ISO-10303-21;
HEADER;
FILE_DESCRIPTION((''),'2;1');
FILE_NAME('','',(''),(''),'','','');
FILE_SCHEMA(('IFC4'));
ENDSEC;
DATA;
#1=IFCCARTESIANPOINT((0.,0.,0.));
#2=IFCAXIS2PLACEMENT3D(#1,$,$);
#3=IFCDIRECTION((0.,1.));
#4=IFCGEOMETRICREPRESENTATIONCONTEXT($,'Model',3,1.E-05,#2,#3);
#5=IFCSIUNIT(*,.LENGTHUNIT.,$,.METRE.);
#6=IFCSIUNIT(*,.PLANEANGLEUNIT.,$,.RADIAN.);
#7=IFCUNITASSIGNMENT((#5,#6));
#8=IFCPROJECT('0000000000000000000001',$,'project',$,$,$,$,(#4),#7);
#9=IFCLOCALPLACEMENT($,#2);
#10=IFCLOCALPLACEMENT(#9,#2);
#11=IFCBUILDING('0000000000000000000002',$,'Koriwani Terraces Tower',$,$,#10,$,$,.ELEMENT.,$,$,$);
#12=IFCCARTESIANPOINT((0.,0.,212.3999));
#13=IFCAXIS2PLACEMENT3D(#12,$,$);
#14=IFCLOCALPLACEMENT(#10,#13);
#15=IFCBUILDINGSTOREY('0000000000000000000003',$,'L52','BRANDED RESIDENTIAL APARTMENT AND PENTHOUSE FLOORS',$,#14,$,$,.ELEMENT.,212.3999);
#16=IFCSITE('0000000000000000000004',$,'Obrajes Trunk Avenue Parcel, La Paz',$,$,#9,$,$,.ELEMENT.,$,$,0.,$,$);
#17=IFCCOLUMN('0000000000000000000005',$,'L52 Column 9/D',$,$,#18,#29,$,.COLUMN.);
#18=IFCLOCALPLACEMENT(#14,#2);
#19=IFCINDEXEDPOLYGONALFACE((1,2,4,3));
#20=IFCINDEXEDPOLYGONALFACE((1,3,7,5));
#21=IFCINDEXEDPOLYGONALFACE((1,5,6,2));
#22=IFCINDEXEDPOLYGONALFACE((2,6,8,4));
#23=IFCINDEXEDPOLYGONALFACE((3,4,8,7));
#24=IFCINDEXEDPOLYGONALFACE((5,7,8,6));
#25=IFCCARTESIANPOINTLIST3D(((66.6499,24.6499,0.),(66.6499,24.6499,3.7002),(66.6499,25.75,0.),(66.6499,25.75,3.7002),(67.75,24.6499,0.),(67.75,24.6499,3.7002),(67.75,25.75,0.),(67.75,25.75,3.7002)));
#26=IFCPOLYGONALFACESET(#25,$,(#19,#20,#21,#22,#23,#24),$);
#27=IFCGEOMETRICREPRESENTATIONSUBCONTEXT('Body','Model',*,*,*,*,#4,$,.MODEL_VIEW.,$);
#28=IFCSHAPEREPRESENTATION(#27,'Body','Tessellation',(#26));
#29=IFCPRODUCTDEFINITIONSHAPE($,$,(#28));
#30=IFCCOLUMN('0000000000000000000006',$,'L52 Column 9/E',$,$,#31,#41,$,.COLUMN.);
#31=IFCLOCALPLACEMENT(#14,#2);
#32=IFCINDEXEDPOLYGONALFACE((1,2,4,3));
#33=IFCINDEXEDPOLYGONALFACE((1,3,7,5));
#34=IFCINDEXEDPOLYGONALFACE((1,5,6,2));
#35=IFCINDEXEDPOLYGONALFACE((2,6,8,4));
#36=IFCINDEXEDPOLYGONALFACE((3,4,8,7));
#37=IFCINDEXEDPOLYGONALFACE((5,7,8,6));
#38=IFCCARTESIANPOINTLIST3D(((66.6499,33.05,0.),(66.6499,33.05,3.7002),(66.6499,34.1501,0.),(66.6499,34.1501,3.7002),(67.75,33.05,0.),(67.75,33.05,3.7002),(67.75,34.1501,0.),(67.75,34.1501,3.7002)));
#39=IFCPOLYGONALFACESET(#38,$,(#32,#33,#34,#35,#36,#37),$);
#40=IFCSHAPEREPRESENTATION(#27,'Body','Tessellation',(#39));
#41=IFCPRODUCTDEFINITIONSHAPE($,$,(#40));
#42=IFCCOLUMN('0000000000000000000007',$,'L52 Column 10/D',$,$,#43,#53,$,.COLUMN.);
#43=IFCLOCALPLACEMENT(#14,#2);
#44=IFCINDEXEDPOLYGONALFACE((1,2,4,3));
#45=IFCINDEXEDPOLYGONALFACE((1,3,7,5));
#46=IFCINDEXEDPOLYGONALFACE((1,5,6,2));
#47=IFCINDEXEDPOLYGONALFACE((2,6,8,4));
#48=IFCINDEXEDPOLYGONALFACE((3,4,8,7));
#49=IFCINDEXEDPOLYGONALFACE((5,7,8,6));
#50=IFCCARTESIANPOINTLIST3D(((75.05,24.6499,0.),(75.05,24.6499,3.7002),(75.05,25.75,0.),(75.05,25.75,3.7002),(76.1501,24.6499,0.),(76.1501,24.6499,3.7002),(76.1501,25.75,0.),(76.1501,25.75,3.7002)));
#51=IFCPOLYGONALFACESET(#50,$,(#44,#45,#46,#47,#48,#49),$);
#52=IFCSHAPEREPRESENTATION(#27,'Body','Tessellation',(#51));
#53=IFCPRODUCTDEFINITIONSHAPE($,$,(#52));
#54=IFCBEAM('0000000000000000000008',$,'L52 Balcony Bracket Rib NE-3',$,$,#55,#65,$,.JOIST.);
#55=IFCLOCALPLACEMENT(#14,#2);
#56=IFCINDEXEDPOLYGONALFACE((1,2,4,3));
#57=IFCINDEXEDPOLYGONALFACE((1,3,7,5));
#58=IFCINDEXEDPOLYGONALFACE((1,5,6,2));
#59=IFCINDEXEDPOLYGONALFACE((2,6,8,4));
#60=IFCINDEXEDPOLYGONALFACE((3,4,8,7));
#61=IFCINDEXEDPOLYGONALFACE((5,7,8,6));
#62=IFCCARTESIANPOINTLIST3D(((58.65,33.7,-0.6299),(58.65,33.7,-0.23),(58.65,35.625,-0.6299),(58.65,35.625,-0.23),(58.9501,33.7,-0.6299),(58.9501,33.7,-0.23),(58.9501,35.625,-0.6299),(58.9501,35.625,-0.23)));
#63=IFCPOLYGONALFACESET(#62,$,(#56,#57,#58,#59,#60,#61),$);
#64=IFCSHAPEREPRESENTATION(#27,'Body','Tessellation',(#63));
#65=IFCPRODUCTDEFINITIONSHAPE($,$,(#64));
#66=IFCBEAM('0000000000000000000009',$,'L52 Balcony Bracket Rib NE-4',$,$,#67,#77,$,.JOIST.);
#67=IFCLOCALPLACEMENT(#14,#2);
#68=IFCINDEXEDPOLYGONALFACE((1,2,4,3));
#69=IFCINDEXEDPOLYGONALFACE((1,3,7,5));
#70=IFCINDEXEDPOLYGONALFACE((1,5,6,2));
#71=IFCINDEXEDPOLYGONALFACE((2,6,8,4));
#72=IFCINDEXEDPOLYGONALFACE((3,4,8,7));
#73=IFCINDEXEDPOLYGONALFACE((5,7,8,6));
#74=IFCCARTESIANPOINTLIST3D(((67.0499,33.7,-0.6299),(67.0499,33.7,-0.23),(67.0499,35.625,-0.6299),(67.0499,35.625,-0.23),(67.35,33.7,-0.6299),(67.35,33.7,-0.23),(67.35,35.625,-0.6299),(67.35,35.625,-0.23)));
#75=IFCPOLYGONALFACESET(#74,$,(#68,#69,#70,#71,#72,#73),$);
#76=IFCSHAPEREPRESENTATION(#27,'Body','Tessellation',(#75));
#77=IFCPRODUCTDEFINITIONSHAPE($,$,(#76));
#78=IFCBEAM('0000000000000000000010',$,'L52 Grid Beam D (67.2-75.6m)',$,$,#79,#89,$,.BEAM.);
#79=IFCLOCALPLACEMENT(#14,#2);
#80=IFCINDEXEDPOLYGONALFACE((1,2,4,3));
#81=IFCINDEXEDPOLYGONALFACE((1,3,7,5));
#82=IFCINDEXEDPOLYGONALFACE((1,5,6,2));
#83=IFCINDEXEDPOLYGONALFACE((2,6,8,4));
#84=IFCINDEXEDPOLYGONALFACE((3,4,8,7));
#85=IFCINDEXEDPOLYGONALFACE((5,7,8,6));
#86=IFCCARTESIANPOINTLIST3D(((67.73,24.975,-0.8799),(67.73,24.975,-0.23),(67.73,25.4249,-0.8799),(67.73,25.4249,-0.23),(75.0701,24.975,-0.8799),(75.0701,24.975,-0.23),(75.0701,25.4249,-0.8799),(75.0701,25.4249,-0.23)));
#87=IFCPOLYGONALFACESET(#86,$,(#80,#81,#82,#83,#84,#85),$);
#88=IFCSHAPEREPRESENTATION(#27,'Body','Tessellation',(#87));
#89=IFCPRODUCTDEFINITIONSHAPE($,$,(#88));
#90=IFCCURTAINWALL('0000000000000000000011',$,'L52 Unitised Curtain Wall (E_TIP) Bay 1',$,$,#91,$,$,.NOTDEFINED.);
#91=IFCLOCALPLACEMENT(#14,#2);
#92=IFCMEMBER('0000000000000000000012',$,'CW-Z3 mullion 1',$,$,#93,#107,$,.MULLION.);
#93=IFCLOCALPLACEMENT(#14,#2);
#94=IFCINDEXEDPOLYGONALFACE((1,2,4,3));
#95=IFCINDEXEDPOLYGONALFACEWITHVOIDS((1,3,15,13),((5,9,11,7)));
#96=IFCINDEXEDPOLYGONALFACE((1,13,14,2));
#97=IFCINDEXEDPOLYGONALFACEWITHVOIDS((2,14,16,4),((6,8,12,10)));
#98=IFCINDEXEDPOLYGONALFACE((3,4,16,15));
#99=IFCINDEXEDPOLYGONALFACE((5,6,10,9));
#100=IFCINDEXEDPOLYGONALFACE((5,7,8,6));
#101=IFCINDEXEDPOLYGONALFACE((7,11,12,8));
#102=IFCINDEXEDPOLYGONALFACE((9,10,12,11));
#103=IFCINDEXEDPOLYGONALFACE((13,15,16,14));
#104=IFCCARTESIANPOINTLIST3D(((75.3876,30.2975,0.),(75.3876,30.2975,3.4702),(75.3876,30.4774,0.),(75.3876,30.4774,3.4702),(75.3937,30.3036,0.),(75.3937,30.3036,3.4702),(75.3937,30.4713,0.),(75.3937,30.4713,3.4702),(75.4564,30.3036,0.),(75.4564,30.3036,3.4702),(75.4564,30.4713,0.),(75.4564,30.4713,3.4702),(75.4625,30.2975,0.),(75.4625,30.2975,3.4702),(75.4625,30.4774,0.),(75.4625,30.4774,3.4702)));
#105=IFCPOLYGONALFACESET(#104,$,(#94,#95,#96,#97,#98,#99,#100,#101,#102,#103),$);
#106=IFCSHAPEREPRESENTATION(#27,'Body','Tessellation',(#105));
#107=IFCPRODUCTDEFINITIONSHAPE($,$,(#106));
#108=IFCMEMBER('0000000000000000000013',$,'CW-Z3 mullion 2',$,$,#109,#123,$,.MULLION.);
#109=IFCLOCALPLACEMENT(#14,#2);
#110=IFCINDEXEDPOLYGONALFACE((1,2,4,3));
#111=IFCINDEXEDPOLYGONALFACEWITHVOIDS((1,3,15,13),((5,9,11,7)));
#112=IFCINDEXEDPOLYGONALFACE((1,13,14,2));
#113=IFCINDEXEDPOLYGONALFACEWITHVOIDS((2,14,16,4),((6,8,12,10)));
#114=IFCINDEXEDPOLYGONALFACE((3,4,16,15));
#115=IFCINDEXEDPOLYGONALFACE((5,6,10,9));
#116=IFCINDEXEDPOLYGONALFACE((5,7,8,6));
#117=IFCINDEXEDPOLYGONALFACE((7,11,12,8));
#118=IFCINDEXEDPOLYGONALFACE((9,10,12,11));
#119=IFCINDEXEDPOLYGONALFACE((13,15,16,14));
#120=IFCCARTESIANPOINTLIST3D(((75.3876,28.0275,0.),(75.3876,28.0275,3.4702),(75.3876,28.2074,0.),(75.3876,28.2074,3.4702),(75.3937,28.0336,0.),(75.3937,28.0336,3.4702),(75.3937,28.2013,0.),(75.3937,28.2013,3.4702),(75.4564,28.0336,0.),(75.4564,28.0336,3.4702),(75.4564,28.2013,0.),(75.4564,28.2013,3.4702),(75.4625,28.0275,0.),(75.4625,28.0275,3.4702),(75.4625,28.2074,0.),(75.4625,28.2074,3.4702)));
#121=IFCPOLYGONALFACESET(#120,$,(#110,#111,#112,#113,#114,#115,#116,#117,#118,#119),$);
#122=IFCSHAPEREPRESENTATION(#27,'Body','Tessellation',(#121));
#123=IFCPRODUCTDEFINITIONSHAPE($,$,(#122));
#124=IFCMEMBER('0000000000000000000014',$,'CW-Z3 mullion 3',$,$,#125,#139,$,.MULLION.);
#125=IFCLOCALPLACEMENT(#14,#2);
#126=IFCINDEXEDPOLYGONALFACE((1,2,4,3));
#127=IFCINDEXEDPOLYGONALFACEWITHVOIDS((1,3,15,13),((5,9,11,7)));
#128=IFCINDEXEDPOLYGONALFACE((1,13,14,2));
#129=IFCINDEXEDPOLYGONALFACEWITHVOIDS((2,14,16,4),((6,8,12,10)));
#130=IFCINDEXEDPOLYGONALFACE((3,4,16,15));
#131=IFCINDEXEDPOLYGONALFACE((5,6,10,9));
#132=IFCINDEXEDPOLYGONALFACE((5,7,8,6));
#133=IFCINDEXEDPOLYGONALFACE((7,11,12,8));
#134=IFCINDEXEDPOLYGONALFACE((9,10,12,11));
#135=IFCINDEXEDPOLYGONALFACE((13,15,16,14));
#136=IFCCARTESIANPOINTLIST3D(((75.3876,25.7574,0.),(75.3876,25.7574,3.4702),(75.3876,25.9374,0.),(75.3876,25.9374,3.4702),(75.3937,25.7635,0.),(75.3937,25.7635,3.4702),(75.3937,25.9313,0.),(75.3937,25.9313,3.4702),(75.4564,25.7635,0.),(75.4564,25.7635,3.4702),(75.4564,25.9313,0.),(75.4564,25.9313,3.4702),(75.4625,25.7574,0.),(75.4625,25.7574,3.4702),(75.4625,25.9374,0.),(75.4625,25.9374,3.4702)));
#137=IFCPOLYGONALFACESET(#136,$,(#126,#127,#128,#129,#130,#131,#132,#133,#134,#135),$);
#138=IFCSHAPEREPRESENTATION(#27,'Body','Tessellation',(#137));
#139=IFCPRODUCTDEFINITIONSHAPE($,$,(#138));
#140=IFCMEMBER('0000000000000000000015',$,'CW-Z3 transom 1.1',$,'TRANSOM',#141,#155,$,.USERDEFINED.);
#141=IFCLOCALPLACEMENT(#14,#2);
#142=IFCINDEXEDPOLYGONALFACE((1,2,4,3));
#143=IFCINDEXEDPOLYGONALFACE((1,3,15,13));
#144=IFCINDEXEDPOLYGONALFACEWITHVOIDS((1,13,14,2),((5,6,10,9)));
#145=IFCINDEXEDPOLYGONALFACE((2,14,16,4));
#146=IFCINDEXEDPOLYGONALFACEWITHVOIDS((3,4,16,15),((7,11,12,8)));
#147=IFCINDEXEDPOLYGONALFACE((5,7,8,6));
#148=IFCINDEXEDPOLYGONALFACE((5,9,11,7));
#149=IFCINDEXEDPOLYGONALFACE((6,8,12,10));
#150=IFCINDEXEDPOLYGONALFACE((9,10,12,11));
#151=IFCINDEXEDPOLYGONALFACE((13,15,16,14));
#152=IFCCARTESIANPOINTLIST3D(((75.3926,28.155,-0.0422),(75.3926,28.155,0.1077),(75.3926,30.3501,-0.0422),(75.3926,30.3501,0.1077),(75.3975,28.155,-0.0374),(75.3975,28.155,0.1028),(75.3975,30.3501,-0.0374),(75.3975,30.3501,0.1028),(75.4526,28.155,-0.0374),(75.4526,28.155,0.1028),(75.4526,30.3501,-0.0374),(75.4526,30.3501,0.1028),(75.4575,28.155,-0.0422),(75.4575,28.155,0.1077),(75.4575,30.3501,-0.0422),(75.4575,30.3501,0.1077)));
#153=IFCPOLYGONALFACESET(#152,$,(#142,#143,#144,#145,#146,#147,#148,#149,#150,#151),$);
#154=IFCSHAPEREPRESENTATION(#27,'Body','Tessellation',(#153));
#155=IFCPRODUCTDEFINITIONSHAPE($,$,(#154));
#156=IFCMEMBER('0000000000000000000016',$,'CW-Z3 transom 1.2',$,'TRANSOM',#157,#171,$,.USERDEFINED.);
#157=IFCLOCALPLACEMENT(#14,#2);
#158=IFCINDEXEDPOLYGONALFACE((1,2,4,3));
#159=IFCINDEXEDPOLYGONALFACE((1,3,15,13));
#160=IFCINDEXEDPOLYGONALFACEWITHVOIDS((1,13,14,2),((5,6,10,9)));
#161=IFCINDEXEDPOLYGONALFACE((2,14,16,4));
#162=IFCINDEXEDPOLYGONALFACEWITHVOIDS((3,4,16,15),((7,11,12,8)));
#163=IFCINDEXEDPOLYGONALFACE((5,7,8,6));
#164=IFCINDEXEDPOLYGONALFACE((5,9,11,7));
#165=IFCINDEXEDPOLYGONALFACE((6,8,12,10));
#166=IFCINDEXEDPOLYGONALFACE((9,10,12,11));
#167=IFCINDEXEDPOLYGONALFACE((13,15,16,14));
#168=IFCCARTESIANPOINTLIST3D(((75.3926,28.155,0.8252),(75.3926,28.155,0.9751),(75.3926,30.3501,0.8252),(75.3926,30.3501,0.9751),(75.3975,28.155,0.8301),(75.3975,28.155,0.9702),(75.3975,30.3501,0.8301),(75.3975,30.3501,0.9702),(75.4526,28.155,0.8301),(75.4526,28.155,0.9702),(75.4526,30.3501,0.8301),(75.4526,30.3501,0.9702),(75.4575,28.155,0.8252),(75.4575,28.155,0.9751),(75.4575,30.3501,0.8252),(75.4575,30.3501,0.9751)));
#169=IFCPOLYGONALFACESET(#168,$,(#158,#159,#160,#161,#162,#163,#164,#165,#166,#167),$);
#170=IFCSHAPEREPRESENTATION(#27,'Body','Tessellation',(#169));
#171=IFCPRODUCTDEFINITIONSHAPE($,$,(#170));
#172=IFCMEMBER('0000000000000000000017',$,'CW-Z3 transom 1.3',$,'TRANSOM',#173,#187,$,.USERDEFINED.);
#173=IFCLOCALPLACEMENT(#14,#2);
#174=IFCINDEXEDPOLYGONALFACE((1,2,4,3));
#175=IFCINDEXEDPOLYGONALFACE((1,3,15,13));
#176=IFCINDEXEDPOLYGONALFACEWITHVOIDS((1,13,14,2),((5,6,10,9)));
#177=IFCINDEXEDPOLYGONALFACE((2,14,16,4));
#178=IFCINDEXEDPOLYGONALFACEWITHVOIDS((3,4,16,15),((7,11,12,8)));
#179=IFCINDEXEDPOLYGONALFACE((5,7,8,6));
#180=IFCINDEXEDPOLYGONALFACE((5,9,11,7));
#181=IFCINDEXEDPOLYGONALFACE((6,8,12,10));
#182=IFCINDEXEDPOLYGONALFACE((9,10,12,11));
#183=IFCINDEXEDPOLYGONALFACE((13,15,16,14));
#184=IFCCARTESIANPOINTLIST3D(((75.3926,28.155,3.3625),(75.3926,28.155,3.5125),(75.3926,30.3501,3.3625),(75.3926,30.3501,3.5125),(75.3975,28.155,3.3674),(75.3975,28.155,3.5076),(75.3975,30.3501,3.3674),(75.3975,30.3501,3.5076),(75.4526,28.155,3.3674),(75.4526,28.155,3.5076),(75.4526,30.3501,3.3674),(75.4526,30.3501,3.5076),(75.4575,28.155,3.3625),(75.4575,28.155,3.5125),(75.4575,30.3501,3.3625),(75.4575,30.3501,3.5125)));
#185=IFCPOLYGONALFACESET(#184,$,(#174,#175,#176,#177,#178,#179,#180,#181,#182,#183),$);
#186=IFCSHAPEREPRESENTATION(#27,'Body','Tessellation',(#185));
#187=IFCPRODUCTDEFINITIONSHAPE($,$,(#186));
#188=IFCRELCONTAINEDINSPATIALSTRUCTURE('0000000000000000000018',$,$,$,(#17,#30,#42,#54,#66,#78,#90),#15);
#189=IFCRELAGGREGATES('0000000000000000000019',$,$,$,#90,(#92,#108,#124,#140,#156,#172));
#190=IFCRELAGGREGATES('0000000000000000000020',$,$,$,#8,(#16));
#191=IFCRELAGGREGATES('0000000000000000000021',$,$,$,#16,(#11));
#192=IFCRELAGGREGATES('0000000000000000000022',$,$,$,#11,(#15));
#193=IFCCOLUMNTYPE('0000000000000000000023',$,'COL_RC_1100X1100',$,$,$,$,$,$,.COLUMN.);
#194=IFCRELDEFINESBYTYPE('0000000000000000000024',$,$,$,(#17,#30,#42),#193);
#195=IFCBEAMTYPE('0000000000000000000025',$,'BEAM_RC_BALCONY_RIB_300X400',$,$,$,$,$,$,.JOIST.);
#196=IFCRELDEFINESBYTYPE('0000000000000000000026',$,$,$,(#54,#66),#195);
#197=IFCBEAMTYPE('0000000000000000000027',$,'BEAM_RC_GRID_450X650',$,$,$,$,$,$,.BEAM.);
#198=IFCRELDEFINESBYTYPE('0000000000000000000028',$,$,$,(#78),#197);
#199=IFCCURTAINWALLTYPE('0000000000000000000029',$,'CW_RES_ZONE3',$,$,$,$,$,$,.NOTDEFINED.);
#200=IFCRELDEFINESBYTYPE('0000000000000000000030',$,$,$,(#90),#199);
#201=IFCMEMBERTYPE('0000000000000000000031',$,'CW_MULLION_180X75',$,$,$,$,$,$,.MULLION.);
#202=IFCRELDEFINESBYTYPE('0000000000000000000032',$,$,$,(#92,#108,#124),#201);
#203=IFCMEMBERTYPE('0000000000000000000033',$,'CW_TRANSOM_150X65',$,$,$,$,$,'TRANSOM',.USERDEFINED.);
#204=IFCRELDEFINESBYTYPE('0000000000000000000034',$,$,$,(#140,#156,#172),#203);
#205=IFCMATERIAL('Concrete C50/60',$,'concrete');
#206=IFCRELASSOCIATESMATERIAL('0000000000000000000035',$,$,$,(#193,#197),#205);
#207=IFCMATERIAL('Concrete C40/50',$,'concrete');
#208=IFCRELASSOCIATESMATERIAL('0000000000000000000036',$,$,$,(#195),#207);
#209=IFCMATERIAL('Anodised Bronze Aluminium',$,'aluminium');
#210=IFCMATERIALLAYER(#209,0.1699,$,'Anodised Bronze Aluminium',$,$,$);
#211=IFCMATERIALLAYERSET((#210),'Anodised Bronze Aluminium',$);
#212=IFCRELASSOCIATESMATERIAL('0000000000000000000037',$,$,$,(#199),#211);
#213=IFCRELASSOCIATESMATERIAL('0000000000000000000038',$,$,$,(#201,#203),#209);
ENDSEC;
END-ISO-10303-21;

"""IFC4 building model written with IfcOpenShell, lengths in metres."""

from ifc_helpers import new_model, si_unit, direction, frame, origin, origin_2d, place, context, subcontext, project, spatial, rectangle, hollow_rectangle, extrude, material, layer, layer_set, material_profile, profile_set, type_object, element, aggregate, save


model = new_model("IFC4")

# Units and contexts
model_context = context("Model", 3, precision=1e-05, world=origin(), true_north=direction((0.0, 1.0)))
body_context = subcontext(model_context, "Body", "Model", "MODEL_VIEW")
ifc_project = project(units=[si_unit("LENGTHUNIT", "METRE"), si_unit("PLANEANGLEUNIT", "RADIAN")], contexts=[model_context])

# Site, building, storey
site_placement = place(None, origin())
site = spatial("IfcSite", under=ifc_project, at=site_placement, Name="Obrajes Trunk Avenue Parcel, La Paz", CompositionType="ELEMENT", RefElevation=0.0)
building_placement = place(site_placement, origin())
building = spatial("IfcBuilding", under=site, at=building_placement, Name="Koriwani Terraces Tower", CompositionType="ELEMENT")
storey_placement = place(building_placement, frame((0.0, 0.0, 212.3999)))
storey = spatial("IfcBuildingStorey", under=building, at=storey_placement, Name="L52", Description="BRANDED RESIDENTIAL APARTMENT AND PENTHOUSE FLOORS", CompositionType="ELEMENT", Elevation=212.3999)

# Columns
ifc_material_1 = material(Name="Concrete C50/60", Category="concrete")
ifc_material_profile_1 = material_profile(ifc_material_1, rectangle(XDim=1.1001, YDim=1.1001, at=origin_2d()), Name="Concrete C50/60", Category="LoadBearing")
ifc_profile_set_1 = profile_set([ifc_material_profile_1], Name="Concrete C50/60")
column_type = type_object("IfcColumnType", Name="COL_RC_1100X1100", PredefinedType="COLUMN", material=ifc_profile_set_1)
for number, where, z_axis, x_axis, name in (
    (1, (67.2, 25.2, 0.0), (0.0, 0.0, 1.0), (1.0, 0.0, 0.0), "L52 Column 9/D"),
    (2, (67.2, 33.6001, 0.0), (0.0, 0.0, 1.0), (1.0, 0.0, 0.0), "L52 Column 9/E"),
    (3, (75.6001, 25.2, 0.0), (0.0, 0.0, 1.0), (1.0, 0.0, 0.0), "L52 Column 10/D"),
):
    element("IfcColumn", number, at=place(storey_placement, frame(where, z_axis=z_axis, x_axis=x_axis)), inside=storey, type_object=column_type, Name=name, PredefinedType="COLUMN", context=body_context, shape_type="SweptSolid", body=[
        extrude(rectangle(XDim=1.1001, YDim=1.1001, at=origin_2d()), origin(), (0.0, 0.0, 1.0), 3.7002),
    ])

# Beams
ifc_material_2 = material(Name="Concrete C40/50", Category="concrete")
ifc_material_profile_2 = material_profile(ifc_material_2, rectangle(XDim=0.3, YDim=0.3999, at=origin_2d()), Name="Concrete C40/50", Category="LoadBearing")
ifc_profile_set_2 = profile_set([ifc_material_profile_2], Name="Concrete C40/50")
beam_type_1 = type_object("IfcBeamType", Name="BEAM_RC_BALCONY_RIB_300X400", PredefinedType="JOIST", material=ifc_profile_set_2)
for number, where, z_axis, x_axis, name in (
    (4, (58.8, 33.7, -0.4299), (0.0, 1.0, 0.0), (-1.0, 0.0, 0.0), "L52 Balcony Bracket Rib NE-3"),
    (5, (67.2, 33.7, -0.4299), (0.0, 1.0, 0.0), (-1.0, 0.0, 0.0), "L52 Balcony Bracket Rib NE-4"),
):
    element("IfcBeam", number, at=place(storey_placement, frame(where, z_axis=z_axis, x_axis=x_axis)), inside=storey, type_object=beam_type_1, Name=name, PredefinedType="JOIST", context=body_context, shape_type="SweptSolid", body=[
        extrude(rectangle(XDim=0.3, YDim=0.3999, at=origin_2d()), origin(), (0.0, 0.0, 1.0), 1.925),
    ])
ifc_material_profile_3 = material_profile(ifc_material_1, rectangle(XDim=0.45, YDim=0.6499, at=origin_2d()), Name="Concrete C50/60", Category="LoadBearing")
ifc_profile_set_3 = profile_set([ifc_material_profile_3], Name="Concrete C50/60")
beam_type_2 = type_object("IfcBeamType", Name="BEAM_RC_GRID_450X650", PredefinedType="BEAM", material=ifc_profile_set_3)
beam_1_placement = place(storey_placement, frame((67.73, 25.2, -0.5549), z_axis=(1.0, 0.0, 0.0), x_axis=(0.0, 1.0, 0.0)))
element("IfcBeam", 6, at=beam_1_placement, inside=storey, type_object=beam_type_2, Name="L52 Grid Beam D (67.2-75.6m)", PredefinedType="BEAM", context=body_context, shape_type="SweptSolid", body=[
    extrude(rectangle(XDim=0.45, YDim=0.6499, at=origin_2d()), origin(), (0.0, 0.0, 1.0), 7.3401),
])

# Curtain wall, members
ifc_material_3 = material(Name="Anodised Bronze Aluminium", Category="aluminium")
ifc_layer_1 = layer(ifc_material_3, 0.1699, Name="Anodised Bronze Aluminium")
ifc_layer_set_1 = layer_set([ifc_layer_1], Name="Anodised Bronze Aluminium")
curtain_wall_type = type_object("IfcCurtainWallType", Name="CW_RES_ZONE3", PredefinedType="NOTDEFINED", material=ifc_layer_set_1)
curtain_wall_placement = place(storey_placement, origin())
curtain_wall = element("IfcCurtainWall", 7, at=curtain_wall_placement, inside=storey, type_object=curtain_wall_type, Name="L52 Unitised Curtain Wall (E_TIP) Bay 1", PredefinedType="NOTDEFINED")
ifc_material_profile_4 = material_profile(ifc_material_3, hollow_rectangle(XDim=0.075, YDim=0.1799, WallThickness=0.0061, at=origin_2d()), Name="Anodised Bronze Aluminium", Category="LoadBearing")
ifc_profile_set_4 = profile_set([ifc_material_profile_4], Name="Anodised Bronze Aluminium")
member_type_1 = type_object("IfcMemberType", Name="CW_MULLION_180X75", PredefinedType="MULLION", material=ifc_profile_set_4)
member_1_placement = place(storey_placement, frame((75.425, 30.3875, 0.0), z_axis=(0.0, 0.0, 1.0), x_axis=(1.0, 0.0, 0.0)))
member_1 = element("IfcMember", 8, at=member_1_placement, type_object=member_type_1, Name="CW-Z3 mullion 1", PredefinedType="MULLION", context=body_context, shape_type="SweptSolid", body=[
    extrude(hollow_rectangle(XDim=0.075, YDim=0.1799, WallThickness=0.0061, at=origin_2d()), origin(), (0.0, 0.0, 1.0), 3.4702),
])
member_2_placement = place(storey_placement, frame((75.425, 28.1174, 0.0), z_axis=(0.0, 0.0, 1.0), x_axis=(1.0, 0.0, 0.0)))
member_2 = element("IfcMember", 9, at=member_2_placement, type_object=member_type_1, Name="CW-Z3 mullion 2", PredefinedType="MULLION", context=body_context, shape_type="SweptSolid", body=[
    extrude(hollow_rectangle(XDim=0.075, YDim=0.1799, WallThickness=0.0061, at=origin_2d()), origin(), (0.0, 0.0, 1.0), 3.4702),
])
member_3_placement = place(storey_placement, frame((75.425, 25.8474, 0.0), z_axis=(0.0, 0.0, 1.0), x_axis=(1.0, 0.0, 0.0)))
member_3 = element("IfcMember", 10, at=member_3_placement, type_object=member_type_1, Name="CW-Z3 mullion 3", PredefinedType="MULLION", context=body_context, shape_type="SweptSolid", body=[
    extrude(hollow_rectangle(XDim=0.075, YDim=0.1799, WallThickness=0.0061, at=origin_2d()), origin(), (0.0, 0.0, 1.0), 3.4702),
])
ifc_material_profile_5 = material_profile(ifc_material_3, hollow_rectangle(XDim=0.0649, YDim=0.1499, WallThickness=0.0049, at=origin_2d()), Name="Anodised Bronze Aluminium", Category="LoadBearing")
ifc_profile_set_5 = profile_set([ifc_material_profile_5], Name="Anodised Bronze Aluminium")
member_type_2 = type_object("IfcMemberType", Name="CW_TRANSOM_150X65", ElementType="TRANSOM", PredefinedType="USERDEFINED", material=ifc_profile_set_5)
member_4_placement = place(storey_placement, frame((75.425, 30.3501, 0.0327), z_axis=(0.0, -1.0, 0.0), x_axis=(1.0, 0.0, 0.0)))
member_4 = element("IfcMember", 11, at=member_4_placement, type_object=member_type_2, Name="CW-Z3 transom 1.1", ObjectType="TRANSOM", PredefinedType="USERDEFINED", context=body_context, shape_type="SweptSolid", body=[
    extrude(hollow_rectangle(XDim=0.0649, YDim=0.1499, WallThickness=0.0049, at=origin_2d()), origin(), (0.0, 0.0, 1.0), 2.1951),
])
member_5_placement = place(storey_placement, frame((75.425, 30.3501, 0.9001), z_axis=(0.0, -1.0, 0.0), x_axis=(1.0, 0.0, 0.0)))
member_5 = element("IfcMember", 12, at=member_5_placement, type_object=member_type_2, Name="CW-Z3 transom 1.2", ObjectType="TRANSOM", PredefinedType="USERDEFINED", context=body_context, shape_type="SweptSolid", body=[
    extrude(hollow_rectangle(XDim=0.0649, YDim=0.1499, WallThickness=0.0049, at=origin_2d()), origin(), (0.0, 0.0, 1.0), 2.1951),
])
member_6_placement = place(storey_placement, frame((75.425, 30.3501, 3.4375), z_axis=(0.0, -1.0, 0.0), x_axis=(1.0, 0.0, 0.0)))
member_6 = element("IfcMember", 13, at=member_6_placement, type_object=member_type_2, Name="CW-Z3 transom 1.3", ObjectType="TRANSOM", PredefinedType="USERDEFINED", context=body_context, shape_type="SweptSolid", body=[
    extrude(hollow_rectangle(XDim=0.0649, YDim=0.1499, WallThickness=0.0049, at=origin_2d()), origin(), (0.0, 0.0, 1.0), 2.1951),
])

aggregate(curtain_wall, [member_1, member_2, member_3, member_4, member_5, member_6])

save(model, "model.ifc")
